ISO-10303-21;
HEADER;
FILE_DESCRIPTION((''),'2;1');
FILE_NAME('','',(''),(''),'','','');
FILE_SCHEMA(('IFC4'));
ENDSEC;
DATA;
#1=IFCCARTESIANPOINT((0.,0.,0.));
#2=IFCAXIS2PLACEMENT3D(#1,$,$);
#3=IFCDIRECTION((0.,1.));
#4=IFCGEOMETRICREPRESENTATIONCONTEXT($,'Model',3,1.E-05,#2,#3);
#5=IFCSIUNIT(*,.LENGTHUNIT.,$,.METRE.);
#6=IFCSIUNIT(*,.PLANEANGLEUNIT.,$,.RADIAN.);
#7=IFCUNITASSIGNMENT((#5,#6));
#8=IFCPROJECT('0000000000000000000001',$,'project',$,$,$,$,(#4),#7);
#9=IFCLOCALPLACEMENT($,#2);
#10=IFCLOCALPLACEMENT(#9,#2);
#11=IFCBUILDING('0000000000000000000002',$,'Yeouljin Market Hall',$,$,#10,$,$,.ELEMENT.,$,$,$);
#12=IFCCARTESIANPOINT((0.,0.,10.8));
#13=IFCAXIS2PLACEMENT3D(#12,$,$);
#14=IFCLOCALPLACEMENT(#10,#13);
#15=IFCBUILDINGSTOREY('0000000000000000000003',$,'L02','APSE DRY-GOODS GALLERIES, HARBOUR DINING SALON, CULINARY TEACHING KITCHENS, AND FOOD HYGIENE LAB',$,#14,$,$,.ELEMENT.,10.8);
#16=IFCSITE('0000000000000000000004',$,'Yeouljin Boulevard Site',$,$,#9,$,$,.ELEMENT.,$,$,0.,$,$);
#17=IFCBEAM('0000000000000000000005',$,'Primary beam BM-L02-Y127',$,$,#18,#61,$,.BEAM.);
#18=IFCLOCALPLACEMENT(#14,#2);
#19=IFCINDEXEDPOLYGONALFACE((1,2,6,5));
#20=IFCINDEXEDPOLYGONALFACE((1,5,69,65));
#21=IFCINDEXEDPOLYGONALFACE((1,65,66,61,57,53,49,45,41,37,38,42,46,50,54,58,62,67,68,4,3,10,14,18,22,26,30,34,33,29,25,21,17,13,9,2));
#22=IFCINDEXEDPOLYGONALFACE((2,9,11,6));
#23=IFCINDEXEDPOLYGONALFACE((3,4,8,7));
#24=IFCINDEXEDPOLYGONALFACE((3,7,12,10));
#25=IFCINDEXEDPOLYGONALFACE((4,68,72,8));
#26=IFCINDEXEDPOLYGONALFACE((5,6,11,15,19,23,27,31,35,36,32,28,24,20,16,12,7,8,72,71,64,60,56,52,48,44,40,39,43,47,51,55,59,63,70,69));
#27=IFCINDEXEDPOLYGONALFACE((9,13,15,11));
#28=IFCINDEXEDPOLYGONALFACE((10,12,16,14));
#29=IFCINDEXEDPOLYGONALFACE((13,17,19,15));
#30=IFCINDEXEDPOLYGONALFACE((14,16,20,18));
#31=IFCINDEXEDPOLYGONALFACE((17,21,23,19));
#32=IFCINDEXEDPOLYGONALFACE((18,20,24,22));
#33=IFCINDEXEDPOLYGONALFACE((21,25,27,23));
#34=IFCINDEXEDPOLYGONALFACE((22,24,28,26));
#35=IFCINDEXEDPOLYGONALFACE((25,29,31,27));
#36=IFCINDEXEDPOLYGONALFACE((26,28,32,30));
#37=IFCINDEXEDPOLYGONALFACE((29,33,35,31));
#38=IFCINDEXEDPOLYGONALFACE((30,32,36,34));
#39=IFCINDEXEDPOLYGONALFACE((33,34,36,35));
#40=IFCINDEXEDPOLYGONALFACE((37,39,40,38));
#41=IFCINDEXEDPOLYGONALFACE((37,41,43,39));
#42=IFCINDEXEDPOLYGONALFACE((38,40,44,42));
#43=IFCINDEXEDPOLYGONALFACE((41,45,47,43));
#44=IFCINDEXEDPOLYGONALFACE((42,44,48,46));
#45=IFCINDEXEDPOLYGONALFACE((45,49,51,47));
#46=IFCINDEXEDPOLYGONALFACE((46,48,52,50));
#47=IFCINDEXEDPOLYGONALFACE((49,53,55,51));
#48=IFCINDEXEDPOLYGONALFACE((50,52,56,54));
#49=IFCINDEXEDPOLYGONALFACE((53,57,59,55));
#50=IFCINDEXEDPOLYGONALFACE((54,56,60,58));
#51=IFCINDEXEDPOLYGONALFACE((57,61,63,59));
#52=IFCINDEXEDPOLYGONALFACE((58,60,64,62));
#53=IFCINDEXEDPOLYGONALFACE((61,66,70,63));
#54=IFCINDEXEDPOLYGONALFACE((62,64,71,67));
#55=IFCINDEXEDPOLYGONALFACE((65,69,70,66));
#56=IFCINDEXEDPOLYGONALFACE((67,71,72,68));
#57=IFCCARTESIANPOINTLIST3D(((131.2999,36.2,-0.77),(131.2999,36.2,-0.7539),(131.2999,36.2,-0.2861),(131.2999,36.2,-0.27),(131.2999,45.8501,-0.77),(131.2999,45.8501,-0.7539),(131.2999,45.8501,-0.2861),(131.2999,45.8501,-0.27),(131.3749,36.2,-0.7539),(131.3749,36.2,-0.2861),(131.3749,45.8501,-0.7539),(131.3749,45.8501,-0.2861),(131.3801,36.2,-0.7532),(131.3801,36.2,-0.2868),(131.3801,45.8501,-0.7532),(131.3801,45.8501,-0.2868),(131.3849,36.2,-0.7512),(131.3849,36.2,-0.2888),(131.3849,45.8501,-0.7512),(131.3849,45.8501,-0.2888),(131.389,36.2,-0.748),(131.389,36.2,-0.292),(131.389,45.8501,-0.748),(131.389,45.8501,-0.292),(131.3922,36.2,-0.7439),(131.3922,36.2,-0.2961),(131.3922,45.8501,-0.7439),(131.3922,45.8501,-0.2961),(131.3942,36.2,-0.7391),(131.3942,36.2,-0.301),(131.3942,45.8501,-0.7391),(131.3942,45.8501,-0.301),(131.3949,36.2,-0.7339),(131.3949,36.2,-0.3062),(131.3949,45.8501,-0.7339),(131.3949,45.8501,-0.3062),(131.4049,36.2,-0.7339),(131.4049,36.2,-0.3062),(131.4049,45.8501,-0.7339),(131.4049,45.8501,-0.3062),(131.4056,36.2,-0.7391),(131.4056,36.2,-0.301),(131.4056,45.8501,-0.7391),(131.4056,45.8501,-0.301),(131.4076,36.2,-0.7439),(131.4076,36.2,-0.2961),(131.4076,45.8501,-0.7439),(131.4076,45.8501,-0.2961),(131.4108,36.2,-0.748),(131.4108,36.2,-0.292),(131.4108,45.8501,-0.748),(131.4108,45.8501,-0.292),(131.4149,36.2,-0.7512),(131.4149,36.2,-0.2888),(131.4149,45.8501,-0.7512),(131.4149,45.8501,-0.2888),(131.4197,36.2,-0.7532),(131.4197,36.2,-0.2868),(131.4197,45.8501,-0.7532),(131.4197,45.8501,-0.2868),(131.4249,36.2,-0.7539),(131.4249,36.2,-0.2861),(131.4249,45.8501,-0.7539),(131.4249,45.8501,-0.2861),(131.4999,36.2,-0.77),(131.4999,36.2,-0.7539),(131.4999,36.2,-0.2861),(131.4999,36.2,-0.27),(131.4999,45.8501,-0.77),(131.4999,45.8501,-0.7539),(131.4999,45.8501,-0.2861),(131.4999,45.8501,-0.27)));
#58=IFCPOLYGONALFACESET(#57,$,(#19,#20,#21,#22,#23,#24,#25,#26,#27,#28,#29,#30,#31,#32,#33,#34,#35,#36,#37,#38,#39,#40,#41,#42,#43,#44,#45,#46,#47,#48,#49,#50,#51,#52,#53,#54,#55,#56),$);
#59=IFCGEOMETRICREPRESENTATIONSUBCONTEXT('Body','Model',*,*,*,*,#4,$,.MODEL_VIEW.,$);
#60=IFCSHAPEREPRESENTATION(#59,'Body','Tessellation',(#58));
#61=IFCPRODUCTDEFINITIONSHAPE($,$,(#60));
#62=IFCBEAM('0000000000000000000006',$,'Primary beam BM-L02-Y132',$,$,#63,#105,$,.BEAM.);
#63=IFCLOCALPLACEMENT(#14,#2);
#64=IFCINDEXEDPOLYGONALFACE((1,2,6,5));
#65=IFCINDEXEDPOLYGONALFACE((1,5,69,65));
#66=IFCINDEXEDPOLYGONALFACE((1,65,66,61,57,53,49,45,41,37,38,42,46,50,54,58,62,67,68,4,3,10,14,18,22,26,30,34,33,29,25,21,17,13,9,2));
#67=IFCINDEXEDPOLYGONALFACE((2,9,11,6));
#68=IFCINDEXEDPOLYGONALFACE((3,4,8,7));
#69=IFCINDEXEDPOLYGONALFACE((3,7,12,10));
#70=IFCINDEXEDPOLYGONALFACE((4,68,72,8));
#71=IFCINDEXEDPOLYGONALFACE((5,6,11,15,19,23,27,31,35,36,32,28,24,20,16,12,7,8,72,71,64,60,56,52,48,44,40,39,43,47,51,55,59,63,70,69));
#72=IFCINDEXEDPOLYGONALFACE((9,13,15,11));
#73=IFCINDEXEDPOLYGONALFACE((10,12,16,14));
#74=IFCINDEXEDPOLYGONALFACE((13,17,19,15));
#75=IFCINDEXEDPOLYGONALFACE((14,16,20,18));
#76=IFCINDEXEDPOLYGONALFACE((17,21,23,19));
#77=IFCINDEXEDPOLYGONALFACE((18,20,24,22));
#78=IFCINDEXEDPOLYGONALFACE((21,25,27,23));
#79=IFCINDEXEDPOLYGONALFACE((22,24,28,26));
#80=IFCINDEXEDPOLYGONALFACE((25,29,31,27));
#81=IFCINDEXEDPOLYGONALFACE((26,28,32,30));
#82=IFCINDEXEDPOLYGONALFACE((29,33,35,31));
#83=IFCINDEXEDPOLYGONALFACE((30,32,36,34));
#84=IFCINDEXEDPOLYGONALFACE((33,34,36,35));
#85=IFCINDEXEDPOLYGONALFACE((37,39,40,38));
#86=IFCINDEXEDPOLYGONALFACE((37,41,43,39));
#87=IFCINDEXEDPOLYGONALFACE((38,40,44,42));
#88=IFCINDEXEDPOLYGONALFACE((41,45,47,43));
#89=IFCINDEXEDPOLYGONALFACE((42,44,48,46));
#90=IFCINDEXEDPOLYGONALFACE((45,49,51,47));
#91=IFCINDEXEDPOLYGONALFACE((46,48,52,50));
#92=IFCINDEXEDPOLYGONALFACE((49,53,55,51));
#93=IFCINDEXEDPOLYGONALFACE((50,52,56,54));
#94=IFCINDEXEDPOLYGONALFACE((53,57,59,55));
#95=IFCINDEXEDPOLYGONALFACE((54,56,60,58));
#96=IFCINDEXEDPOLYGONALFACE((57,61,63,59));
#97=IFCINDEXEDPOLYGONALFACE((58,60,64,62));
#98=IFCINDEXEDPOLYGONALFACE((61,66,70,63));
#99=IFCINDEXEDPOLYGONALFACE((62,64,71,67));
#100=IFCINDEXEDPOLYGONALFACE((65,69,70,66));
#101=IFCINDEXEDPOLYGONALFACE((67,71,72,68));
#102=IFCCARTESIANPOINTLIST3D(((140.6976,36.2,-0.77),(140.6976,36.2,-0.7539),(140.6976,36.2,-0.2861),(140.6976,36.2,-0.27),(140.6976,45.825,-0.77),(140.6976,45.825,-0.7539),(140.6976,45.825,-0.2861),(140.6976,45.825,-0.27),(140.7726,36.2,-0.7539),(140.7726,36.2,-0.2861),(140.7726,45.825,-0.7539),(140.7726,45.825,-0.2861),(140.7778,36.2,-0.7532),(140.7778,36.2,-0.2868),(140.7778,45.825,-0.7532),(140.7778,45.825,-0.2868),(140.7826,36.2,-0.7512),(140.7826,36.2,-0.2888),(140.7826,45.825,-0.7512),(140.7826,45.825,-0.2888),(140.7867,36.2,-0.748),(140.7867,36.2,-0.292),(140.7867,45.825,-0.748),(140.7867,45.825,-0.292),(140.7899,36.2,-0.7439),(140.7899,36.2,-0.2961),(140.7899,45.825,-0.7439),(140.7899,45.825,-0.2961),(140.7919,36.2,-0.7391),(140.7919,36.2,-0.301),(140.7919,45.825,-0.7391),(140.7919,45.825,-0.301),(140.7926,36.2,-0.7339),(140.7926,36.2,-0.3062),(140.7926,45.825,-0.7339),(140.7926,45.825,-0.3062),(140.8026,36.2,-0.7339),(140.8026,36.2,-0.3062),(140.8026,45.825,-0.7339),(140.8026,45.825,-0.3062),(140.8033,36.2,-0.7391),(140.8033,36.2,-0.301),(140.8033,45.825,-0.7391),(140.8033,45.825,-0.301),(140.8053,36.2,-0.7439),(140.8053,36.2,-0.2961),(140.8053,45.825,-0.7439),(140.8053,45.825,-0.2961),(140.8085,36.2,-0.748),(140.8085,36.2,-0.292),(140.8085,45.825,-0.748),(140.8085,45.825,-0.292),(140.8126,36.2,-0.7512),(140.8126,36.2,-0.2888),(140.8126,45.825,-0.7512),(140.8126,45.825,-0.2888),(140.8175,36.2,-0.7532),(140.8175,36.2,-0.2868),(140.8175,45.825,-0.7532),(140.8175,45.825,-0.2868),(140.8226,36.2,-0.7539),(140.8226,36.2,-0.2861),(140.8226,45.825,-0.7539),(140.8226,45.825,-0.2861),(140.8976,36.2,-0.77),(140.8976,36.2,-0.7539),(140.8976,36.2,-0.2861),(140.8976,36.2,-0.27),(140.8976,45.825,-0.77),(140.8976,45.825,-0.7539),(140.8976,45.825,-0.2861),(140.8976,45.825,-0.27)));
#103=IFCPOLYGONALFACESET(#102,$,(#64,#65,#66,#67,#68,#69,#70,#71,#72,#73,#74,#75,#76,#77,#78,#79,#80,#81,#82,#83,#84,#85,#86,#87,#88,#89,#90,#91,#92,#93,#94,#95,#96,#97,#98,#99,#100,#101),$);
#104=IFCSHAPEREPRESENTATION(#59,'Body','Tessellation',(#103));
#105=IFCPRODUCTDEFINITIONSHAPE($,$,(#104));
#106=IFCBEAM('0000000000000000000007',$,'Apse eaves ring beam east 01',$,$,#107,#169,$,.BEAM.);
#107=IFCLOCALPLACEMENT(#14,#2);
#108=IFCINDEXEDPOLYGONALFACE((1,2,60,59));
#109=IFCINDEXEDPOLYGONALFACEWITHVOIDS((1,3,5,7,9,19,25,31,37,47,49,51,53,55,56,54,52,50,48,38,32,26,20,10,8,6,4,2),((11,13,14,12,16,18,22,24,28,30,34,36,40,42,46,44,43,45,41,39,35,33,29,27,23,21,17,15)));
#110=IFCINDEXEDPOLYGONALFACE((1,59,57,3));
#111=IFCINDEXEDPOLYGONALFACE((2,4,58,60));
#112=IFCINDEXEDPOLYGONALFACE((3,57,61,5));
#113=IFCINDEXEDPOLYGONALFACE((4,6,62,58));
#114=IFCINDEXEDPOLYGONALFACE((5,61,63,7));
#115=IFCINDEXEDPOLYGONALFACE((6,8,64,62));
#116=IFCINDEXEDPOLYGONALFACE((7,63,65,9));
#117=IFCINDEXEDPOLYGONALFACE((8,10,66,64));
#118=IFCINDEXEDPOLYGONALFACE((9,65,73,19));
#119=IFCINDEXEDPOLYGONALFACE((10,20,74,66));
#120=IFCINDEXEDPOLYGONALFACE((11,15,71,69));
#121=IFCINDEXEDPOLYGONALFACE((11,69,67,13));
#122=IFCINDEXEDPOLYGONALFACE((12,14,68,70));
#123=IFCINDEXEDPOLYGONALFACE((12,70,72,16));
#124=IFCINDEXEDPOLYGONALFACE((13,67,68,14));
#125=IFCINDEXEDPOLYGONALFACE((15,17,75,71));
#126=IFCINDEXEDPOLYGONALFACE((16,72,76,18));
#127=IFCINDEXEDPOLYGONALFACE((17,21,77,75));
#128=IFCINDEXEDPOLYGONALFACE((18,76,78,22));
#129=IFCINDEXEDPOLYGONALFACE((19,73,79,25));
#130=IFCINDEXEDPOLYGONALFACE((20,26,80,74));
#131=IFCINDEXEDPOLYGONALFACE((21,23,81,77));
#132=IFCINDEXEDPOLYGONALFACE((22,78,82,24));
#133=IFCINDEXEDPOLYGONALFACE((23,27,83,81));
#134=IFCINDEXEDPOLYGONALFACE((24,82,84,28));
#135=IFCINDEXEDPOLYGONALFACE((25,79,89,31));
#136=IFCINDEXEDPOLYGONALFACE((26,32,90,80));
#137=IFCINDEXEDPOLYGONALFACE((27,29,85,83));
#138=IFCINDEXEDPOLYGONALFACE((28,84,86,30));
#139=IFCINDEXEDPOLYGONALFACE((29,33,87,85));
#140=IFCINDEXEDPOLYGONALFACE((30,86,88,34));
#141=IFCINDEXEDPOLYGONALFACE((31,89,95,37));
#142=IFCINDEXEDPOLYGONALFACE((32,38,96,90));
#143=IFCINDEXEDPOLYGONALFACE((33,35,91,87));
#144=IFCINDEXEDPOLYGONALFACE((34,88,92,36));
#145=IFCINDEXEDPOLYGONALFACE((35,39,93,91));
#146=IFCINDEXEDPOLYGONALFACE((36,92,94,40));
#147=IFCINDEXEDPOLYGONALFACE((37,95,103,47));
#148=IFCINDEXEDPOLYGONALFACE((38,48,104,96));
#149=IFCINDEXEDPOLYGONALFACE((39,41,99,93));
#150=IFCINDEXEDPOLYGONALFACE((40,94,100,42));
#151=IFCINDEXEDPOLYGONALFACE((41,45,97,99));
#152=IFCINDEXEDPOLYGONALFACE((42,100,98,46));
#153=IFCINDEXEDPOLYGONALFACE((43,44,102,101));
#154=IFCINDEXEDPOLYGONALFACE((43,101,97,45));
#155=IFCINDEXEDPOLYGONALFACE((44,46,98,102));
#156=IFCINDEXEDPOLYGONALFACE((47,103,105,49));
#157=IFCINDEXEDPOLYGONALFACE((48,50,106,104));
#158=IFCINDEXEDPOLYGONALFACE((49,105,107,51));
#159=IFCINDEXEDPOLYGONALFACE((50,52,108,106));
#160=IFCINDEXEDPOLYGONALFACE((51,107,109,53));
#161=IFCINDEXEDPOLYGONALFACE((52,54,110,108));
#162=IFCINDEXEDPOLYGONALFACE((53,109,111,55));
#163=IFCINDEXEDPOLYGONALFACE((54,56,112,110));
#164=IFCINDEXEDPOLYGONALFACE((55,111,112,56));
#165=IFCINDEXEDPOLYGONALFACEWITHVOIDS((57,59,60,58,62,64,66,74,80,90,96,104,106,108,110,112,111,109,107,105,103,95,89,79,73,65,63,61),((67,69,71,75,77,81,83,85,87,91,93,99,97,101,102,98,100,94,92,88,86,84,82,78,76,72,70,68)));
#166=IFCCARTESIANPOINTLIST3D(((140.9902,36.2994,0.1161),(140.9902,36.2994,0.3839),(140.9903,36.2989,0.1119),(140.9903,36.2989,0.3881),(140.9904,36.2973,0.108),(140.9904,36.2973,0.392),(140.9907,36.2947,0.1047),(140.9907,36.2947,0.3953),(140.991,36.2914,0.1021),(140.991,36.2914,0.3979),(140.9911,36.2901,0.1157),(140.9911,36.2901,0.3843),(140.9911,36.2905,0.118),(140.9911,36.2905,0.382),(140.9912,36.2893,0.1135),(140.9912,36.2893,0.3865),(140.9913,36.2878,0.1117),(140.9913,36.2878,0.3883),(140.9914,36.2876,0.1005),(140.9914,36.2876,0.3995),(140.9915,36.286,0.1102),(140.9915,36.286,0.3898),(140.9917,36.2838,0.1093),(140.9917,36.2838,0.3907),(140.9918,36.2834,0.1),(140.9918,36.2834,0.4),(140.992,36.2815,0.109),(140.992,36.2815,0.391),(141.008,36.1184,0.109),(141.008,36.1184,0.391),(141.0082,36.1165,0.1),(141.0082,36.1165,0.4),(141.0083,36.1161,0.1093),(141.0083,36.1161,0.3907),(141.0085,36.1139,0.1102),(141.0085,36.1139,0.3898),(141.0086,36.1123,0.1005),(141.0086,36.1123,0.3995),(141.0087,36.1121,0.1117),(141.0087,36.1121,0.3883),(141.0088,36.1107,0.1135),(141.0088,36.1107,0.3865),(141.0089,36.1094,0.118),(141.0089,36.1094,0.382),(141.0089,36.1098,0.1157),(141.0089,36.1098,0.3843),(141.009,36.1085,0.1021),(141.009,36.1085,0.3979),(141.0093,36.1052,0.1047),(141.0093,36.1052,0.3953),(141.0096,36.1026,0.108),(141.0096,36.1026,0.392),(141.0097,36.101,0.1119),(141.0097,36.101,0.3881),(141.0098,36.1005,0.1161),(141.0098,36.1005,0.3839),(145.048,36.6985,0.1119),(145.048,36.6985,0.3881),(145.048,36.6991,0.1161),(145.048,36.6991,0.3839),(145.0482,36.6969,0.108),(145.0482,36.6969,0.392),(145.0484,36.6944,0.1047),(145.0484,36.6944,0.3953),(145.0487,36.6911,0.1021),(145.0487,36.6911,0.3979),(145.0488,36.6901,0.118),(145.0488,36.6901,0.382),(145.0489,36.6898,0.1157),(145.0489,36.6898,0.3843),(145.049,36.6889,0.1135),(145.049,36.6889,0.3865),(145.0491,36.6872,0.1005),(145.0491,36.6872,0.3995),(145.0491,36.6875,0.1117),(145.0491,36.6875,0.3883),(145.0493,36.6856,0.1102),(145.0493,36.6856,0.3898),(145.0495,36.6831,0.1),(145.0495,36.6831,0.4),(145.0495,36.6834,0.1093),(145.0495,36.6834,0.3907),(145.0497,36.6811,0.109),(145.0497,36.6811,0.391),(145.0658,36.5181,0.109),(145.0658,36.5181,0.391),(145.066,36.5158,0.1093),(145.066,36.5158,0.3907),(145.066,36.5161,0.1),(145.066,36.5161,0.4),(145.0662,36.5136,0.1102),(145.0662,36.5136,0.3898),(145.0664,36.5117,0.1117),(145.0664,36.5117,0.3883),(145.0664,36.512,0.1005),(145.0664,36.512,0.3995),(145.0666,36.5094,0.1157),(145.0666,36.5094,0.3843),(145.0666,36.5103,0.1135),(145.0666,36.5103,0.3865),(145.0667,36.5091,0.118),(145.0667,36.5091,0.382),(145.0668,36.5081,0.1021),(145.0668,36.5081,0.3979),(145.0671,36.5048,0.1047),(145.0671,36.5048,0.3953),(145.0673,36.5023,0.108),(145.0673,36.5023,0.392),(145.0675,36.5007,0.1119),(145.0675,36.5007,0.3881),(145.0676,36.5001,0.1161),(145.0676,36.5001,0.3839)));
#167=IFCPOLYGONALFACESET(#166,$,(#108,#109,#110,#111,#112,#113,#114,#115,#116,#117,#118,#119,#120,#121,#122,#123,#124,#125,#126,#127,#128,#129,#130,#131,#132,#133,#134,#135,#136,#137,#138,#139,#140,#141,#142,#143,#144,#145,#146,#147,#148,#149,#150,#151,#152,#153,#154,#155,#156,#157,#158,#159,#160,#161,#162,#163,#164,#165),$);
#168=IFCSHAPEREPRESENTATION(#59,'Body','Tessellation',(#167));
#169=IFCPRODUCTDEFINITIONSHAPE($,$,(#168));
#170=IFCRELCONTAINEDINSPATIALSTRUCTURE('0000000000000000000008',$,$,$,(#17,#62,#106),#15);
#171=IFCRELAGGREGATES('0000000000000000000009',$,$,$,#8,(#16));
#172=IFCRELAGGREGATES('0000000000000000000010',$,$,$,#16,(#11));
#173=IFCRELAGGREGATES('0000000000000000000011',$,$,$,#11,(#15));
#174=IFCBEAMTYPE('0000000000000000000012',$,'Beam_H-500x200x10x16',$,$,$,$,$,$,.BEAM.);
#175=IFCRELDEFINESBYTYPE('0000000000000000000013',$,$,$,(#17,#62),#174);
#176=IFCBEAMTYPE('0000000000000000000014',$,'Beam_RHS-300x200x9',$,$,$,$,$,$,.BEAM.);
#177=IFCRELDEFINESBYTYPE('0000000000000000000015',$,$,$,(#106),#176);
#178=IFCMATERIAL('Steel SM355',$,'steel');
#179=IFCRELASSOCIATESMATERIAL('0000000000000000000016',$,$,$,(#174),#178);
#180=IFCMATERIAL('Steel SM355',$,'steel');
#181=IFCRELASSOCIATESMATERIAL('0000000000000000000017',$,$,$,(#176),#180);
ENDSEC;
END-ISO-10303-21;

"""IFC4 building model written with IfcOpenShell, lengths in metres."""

from ifc_helpers import new_model, si_unit, direction, frame, origin, origin_2d, place, context, subcontext, project, spatial, hollow_rectangle, i_section, extrude, material, material_profile, profile_set, type_object, element, save


model = new_model("IFC4")

# Units and contexts
model_context = context("Model", 3, precision=1e-05, world=origin(), true_north=direction((0.0, 1.0)))
body_context = subcontext(model_context, "Body", "Model", "MODEL_VIEW")
ifc_project = project(units=[si_unit("LENGTHUNIT", "METRE"), si_unit("PLANEANGLEUNIT", "RADIAN")], contexts=[model_context])

# Site, building, storey
site_placement = place(None, origin())
site = spatial("IfcSite", under=ifc_project, at=site_placement, Name="Yeouljin Boulevard Site", CompositionType="ELEMENT", RefElevation=0.0)
building_placement = place(site_placement, origin())
building = spatial("IfcBuilding", under=site, at=building_placement, Name="Yeouljin Market Hall", CompositionType="ELEMENT")
storey_placement = place(building_placement, frame((0.0, 0.0, 10.8)))
storey = spatial("IfcBuildingStorey", under=building, at=storey_placement, Name="L02", Description="APSE DRY-GOODS GALLERIES, HARBOUR DINING SALON, CULINARY TEACHING KITCHENS, AND FOOD HYGIENE LAB", CompositionType="ELEMENT", Elevation=10.8)

# Beams
ifc_material_1 = material(Name="Steel SM355", Category="steel")
ifc_material_profile_1 = material_profile(ifc_material_1, i_section(OverallWidth=0.2, OverallDepth=0.5, WebThickness=0.01, FlangeThickness=0.0161, FilletRadius=0.02, at=origin_2d()), Name="H-500x200x10x16")
ifc_profile_set_1 = profile_set([ifc_material_profile_1], Name="Steel SM355")
beam_type_1 = type_object("IfcBeamType", Name="Beam_H-500x200x10x16", PredefinedType="BEAM", material=ifc_profile_set_1)
beam_1_placement = place(storey_placement, frame((131.3999, 36.2, -0.52), z_axis=(0.0, 1.0, 0.0), x_axis=(-1.0, 0.0, 0.0)))
element("IfcBeam", 1, at=beam_1_placement, inside=storey, type_object=beam_type_1, Name="Primary beam BM-L02-Y127", PredefinedType="BEAM", context=body_context, shape_type="SweptSolid", body=[
    extrude(i_section(OverallWidth=0.2, OverallDepth=0.5, WebThickness=0.01, FlangeThickness=0.0161, FilletRadius=0.02, at=origin_2d()), origin(), (0.0, 0.0, 1.0), 9.6501),
])
beam_2_placement = place(storey_placement, frame((140.7976, 36.2, -0.52), z_axis=(0.0, 1.0, 0.0), x_axis=(-1.0, 0.0, 0.0)))
element("IfcBeam", 2, at=beam_2_placement, inside=storey, type_object=beam_type_1, Name="Primary beam BM-L02-Y132", PredefinedType="BEAM", context=body_context, shape_type="SweptSolid", body=[
    extrude(i_section(OverallWidth=0.2, OverallDepth=0.5, WebThickness=0.01, FlangeThickness=0.0161, FilletRadius=0.02, at=origin_2d()), origin(), (0.0, 0.0, 1.0), 9.625),
])
ifc_material_2 = material(Name="Steel SM355", Category="steel")
ifc_material_profile_2 = material_profile(ifc_material_2, hollow_rectangle(XDim=0.2, YDim=0.3, WallThickness=0.009, InnerFilletRadius=0.009, OuterFilletRadius=0.0161, at=origin_2d()), Name="RHS-300x200x9")
ifc_profile_set_2 = profile_set([ifc_material_profile_2], Name="Steel SM355")
beam_type_2 = type_object("IfcBeamType", Name="Beam_RHS-300x200x9", PredefinedType="BEAM", material=ifc_profile_set_2)
for number, where, z_axis, x_axis, name in (
    (3, (141.0, 36.2, 0.25), (0.995185, 0.098016, 0.0), (-0.098016, 0.995185, 0.0), "Apse eaves ring beam east 01"),
):
    element("IfcBeam", number, at=place(storey_placement, frame(where, z_axis=z_axis, x_axis=x_axis)), inside=storey, type_object=beam_type_2, Name=name, PredefinedType="BEAM", context=body_context, shape_type="SweptSolid", body=[
        extrude(hollow_rectangle(XDim=0.2, YDim=0.3, WallThickness=0.009, InnerFilletRadius=0.009, OuterFilletRadius=0.0161, at=origin_2d()), origin(), (0.0, 0.0, 1.0), 4.0774),
    ])

save(model, "model.ifc")
